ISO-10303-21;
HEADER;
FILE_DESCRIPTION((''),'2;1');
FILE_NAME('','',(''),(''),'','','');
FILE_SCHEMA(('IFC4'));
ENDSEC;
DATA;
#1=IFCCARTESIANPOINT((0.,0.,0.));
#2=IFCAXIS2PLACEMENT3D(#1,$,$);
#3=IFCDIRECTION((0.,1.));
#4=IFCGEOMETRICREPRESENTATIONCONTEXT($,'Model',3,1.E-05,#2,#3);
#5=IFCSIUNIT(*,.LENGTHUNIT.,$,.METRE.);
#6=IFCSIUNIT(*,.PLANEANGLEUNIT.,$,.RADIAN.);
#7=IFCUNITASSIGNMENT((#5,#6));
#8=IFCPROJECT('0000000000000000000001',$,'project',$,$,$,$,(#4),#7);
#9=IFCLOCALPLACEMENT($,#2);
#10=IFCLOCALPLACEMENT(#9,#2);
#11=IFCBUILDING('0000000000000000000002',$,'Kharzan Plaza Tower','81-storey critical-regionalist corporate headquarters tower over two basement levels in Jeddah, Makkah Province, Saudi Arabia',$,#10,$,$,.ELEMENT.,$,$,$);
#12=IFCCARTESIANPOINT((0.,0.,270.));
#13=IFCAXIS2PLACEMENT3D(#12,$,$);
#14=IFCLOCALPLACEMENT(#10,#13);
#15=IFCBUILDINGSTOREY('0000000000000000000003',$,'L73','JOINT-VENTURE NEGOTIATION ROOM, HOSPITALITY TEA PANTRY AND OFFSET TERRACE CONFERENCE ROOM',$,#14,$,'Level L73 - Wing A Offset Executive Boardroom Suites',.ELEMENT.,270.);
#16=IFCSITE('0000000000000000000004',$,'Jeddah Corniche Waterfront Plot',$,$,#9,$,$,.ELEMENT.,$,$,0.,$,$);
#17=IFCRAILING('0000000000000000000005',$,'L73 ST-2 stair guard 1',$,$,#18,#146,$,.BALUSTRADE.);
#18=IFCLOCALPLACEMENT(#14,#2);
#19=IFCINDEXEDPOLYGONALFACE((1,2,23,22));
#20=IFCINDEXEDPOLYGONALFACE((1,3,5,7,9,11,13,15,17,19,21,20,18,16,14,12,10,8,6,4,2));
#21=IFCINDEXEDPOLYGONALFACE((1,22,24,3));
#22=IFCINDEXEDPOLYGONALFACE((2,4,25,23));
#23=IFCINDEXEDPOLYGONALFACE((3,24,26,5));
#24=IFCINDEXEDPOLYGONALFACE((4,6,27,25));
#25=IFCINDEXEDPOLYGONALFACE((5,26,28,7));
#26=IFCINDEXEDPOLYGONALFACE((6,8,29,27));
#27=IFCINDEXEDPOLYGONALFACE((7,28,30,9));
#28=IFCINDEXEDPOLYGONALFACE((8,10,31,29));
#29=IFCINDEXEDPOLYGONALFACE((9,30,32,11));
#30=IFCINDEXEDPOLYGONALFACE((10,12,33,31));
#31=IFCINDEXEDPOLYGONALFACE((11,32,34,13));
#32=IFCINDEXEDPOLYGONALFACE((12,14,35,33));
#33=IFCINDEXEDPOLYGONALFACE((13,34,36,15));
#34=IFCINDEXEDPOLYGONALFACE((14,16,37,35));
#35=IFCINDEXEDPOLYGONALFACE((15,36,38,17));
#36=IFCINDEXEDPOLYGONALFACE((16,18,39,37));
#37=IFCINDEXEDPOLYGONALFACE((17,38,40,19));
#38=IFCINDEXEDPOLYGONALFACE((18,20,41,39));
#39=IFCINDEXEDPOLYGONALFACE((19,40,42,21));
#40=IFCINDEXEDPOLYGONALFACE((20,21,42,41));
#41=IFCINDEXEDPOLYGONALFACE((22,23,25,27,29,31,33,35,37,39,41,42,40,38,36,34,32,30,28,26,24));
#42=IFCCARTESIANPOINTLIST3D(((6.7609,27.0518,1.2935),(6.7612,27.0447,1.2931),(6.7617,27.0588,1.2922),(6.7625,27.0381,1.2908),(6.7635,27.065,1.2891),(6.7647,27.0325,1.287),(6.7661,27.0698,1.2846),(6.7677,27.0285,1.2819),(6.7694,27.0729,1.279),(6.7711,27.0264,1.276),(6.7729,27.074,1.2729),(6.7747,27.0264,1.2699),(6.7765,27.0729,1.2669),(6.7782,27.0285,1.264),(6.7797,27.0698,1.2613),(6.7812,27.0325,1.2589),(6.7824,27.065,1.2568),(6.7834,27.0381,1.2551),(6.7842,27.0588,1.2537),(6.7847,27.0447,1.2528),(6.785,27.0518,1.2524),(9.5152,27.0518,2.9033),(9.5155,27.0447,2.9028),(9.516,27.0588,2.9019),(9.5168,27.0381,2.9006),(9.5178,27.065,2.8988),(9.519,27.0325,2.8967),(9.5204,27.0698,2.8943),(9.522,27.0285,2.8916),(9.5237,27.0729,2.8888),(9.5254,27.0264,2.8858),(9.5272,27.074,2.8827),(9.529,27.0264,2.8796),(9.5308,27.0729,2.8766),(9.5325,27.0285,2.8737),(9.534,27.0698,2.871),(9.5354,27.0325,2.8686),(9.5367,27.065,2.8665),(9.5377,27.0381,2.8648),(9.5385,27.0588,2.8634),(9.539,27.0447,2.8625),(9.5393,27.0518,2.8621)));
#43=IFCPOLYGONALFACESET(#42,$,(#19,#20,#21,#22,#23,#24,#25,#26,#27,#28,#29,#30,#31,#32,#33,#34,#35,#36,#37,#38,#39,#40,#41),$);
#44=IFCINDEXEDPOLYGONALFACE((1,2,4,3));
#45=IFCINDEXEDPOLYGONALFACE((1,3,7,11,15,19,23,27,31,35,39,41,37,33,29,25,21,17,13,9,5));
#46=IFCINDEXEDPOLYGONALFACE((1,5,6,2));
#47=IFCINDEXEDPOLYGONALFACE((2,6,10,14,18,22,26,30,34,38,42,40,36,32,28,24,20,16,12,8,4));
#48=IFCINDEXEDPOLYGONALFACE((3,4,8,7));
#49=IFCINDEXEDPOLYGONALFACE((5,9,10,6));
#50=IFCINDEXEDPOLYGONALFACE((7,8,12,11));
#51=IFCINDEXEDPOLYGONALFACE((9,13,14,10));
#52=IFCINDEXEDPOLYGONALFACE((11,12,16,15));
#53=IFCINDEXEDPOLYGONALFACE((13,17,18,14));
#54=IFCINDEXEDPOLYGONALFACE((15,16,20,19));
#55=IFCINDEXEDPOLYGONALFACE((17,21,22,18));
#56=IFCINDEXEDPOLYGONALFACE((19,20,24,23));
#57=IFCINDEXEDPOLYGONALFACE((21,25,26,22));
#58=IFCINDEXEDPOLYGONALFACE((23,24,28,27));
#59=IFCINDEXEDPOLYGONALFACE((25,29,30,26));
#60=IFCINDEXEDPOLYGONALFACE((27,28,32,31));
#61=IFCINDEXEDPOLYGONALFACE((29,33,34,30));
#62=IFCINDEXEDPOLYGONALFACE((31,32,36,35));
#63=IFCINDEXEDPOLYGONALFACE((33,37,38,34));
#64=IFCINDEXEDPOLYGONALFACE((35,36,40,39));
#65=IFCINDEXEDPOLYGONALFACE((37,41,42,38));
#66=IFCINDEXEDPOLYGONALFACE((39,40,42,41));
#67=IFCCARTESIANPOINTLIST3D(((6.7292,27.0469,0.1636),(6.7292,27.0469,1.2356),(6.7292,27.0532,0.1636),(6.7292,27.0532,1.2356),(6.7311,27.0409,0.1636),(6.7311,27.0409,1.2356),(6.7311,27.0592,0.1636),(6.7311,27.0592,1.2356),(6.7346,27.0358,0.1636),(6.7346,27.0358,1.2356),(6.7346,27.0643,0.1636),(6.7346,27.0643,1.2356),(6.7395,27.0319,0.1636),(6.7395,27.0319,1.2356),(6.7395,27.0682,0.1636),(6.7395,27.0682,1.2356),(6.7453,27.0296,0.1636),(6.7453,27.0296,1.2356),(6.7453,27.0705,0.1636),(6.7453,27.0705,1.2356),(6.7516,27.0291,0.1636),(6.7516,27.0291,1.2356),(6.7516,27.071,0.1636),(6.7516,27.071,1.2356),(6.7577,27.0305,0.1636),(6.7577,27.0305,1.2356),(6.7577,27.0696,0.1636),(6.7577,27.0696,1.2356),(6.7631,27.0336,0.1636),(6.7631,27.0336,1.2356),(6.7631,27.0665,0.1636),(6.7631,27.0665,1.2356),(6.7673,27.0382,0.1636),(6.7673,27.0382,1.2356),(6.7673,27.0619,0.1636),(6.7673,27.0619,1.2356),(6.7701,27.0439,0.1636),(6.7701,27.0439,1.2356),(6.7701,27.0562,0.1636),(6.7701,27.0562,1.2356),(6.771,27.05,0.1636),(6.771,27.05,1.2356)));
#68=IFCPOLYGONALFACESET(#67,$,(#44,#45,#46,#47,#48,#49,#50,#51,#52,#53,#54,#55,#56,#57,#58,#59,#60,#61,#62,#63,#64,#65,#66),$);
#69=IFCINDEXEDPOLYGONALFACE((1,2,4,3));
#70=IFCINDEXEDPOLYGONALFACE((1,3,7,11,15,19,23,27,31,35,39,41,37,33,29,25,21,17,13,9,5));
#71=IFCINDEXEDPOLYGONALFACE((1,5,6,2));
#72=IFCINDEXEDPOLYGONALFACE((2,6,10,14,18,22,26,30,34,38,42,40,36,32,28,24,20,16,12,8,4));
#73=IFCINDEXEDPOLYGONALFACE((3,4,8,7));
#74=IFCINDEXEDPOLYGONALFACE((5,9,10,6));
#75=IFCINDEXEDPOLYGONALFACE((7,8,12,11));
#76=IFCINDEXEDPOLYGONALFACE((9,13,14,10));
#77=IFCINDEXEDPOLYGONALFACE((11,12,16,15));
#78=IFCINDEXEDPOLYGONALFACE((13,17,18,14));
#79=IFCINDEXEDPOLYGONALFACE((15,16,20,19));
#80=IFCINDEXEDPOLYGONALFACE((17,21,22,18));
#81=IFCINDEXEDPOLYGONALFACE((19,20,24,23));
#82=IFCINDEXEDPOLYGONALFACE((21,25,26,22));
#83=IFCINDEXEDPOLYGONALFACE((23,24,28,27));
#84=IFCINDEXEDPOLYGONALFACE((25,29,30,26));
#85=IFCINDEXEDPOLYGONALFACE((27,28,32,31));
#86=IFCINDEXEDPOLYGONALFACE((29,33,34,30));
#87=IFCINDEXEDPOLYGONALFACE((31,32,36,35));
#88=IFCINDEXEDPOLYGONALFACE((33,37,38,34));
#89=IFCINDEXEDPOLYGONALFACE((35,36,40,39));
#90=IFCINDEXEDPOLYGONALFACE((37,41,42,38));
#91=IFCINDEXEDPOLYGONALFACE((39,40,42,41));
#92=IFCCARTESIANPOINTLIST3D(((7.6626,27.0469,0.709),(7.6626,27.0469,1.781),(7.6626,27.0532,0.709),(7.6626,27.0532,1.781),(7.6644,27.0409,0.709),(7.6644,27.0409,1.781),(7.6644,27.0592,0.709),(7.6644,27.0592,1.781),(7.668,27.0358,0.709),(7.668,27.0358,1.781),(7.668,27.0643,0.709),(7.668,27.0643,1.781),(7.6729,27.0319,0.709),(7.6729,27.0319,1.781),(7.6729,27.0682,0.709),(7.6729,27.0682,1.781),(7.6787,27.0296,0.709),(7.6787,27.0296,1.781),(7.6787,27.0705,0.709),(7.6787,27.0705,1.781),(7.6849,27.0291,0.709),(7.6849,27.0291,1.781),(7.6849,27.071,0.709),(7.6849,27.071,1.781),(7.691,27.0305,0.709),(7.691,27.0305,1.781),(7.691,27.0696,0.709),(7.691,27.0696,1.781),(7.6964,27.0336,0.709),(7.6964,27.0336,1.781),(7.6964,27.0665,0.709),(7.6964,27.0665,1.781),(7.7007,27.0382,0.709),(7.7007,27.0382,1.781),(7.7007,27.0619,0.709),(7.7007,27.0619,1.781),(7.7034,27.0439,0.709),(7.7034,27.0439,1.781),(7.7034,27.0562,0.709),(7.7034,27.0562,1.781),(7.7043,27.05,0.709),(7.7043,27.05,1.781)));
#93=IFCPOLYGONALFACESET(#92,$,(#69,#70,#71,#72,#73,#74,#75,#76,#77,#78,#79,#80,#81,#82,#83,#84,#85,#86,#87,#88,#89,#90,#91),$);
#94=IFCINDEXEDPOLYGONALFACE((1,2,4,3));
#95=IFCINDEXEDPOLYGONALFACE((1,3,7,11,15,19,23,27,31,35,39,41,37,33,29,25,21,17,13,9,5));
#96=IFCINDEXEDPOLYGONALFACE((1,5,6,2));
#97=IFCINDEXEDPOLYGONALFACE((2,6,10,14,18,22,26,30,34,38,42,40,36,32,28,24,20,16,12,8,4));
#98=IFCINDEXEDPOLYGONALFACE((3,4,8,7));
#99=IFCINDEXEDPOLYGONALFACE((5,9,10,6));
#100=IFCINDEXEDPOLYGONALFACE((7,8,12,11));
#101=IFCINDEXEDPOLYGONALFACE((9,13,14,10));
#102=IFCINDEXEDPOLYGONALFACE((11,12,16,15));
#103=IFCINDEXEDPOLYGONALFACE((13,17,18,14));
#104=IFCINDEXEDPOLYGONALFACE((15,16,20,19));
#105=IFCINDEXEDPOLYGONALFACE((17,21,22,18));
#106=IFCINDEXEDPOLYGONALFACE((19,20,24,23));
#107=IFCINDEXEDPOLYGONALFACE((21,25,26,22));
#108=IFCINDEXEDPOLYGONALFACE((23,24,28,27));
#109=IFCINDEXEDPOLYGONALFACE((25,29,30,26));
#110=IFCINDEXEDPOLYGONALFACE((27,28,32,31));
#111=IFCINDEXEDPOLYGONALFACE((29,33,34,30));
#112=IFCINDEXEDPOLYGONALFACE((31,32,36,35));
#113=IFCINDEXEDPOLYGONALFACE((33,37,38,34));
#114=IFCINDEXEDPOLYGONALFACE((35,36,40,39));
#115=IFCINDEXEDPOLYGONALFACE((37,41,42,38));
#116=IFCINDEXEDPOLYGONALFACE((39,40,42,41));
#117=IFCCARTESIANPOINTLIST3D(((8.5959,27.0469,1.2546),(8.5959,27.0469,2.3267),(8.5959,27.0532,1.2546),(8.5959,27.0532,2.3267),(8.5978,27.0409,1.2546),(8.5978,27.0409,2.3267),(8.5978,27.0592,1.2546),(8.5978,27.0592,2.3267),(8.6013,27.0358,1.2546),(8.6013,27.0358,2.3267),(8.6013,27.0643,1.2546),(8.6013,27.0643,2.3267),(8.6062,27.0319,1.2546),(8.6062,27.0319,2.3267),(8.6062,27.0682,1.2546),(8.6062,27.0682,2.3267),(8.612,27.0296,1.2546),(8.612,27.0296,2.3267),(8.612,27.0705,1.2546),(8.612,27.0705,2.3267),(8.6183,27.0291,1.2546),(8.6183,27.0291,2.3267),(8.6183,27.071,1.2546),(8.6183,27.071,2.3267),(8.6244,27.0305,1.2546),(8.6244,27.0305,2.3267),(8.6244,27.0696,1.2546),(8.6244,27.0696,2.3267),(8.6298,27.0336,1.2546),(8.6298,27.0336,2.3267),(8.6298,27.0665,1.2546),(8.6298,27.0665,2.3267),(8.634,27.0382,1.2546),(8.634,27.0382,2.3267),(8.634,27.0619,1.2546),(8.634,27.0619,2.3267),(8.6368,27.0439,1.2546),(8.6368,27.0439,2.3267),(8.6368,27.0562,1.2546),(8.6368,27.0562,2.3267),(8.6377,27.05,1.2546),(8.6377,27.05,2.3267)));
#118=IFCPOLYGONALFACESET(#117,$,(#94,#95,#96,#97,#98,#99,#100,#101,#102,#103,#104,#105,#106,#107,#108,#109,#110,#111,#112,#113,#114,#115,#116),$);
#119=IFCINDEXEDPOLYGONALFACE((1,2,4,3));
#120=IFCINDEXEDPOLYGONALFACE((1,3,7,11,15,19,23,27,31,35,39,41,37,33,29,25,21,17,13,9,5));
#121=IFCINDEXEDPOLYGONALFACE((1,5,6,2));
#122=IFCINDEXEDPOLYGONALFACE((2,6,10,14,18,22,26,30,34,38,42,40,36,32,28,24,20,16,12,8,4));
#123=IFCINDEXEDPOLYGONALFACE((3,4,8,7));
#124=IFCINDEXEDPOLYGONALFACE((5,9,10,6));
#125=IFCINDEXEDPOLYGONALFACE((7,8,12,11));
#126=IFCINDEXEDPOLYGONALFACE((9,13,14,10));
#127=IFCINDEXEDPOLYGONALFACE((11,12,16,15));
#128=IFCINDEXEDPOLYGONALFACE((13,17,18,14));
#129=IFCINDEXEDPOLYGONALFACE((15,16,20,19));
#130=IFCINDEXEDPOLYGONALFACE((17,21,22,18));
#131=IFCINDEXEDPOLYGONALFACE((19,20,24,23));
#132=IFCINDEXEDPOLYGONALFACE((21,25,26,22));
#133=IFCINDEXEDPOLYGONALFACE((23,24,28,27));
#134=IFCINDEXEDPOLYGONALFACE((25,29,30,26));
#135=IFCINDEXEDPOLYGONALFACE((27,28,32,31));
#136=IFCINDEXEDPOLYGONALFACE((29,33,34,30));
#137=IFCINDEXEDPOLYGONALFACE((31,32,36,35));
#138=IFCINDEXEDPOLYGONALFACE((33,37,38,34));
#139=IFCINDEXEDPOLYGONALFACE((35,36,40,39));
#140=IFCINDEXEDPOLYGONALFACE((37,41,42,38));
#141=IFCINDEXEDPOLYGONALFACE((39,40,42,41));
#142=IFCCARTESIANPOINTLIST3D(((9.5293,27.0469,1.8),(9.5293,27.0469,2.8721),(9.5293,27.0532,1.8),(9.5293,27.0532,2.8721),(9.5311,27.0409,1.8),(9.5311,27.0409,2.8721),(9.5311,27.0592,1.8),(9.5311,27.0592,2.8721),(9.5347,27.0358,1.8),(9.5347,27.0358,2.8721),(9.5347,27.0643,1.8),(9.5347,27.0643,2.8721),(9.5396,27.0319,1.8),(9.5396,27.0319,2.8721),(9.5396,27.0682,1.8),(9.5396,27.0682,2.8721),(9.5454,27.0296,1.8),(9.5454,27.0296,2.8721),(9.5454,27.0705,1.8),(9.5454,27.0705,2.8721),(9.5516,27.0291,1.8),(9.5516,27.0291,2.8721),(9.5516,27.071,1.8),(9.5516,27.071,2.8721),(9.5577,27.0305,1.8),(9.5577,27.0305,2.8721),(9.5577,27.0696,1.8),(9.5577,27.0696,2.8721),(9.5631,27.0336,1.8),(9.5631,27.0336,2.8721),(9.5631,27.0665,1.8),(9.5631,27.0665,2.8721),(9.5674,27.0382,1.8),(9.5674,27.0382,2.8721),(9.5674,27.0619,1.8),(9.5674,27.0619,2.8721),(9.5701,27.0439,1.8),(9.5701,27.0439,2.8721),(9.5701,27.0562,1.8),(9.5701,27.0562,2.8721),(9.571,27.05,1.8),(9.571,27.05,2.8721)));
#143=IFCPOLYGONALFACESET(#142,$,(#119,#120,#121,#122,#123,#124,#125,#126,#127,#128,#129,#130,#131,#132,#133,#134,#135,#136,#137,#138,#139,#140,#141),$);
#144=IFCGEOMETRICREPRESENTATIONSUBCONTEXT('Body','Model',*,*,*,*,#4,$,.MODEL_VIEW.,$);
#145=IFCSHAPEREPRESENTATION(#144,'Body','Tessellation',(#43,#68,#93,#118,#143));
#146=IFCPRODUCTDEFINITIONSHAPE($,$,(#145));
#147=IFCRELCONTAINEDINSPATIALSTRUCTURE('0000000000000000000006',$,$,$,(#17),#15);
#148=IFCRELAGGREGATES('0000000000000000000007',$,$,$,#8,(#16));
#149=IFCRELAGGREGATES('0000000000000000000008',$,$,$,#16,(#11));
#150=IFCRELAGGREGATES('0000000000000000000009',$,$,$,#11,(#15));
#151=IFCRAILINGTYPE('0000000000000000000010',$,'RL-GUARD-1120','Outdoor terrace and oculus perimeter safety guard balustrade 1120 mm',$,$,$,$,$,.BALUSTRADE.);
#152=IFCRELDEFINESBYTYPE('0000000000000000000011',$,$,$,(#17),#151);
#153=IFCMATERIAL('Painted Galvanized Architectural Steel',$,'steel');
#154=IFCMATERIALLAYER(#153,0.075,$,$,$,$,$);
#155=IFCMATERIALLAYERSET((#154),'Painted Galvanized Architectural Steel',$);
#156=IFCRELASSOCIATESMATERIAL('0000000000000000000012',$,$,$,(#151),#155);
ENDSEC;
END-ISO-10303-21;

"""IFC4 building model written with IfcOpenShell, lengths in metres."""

from ifc_helpers import new_model, si_unit, direction, frame, origin, origin_2d, place, context, subcontext, project, spatial, circle, extrude, source, transform, mapped, material, layer, layer_set, type_object, element, save


model = new_model("IFC4")

# Units and contexts
model_context = context("Model", 3, precision=1e-05, world=origin(), true_north=direction((0.0, 1.0)))
body_context = subcontext(model_context, "Body", "Model", "MODEL_VIEW")
ifc_project = project(units=[si_unit("LENGTHUNIT", "METRE"), si_unit("PLANEANGLEUNIT", "RADIAN")], contexts=[model_context])

# Site, building, storey
site_placement = place(None, origin())
site = spatial("IfcSite", under=ifc_project, at=site_placement, Name="Jeddah Corniche Waterfront Plot", CompositionType="ELEMENT", RefElevation=0.0)
building_placement = place(site_placement, origin())
building = spatial("IfcBuilding", under=site, at=building_placement, Name="Kharzan Plaza Tower", Description="81-storey critical-regionalist corporate headquarters tower over two basement levels in Jeddah, Makkah Province, Saudi Arabia", CompositionType="ELEMENT")
storey_placement = place(building_placement, frame((0.0, 0.0, 270.0)))
storey = spatial("IfcBuildingStorey", under=building, at=storey_placement, Name="L73", Description="JOINT-VENTURE NEGOTIATION ROOM, HOSPITALITY TEA PANTRY AND OFFSET TERRACE CONFERENCE ROOM", LongName="Level L73 - Wing A Offset Executive Boardroom Suites", CompositionType="ELEMENT", Elevation=270.0)

# Railing
ifc_material_1 = material(Name="Painted Galvanized Architectural Steel", Category="steel")
ifc_layer_1 = layer(ifc_material_1, 0.075)
ifc_layer_set_1 = layer_set([ifc_layer_1], Name="Painted Galvanized Architectural Steel")
railing_type_1 = type_object("IfcRailingType", Name="RL-GUARD-1120", Description="Outdoor terrace and oculus perimeter safety guard balustrade 1120 mm", PredefinedType="BALUSTRADE", material=ifc_layer_set_1)
shared_shape_1 = source(origin(), body_context, "Body", "SweptSolid", [
    extrude(circle(Radius=0.0239, at=origin_2d()), frame((0.0229, 0.0, 1.1094), z_axis=(0.863361, 0.0, 0.504587), x_axis=(0.0, 1.0, 0.0)), (0.0, 0.0, 1.0), 3.1902),
    extrude(circle(Radius=0.021, at=origin_2d()), origin(), (0.0, 0.0, 1.0), 1.072),
    extrude(circle(Radius=0.021, at=origin_2d()), frame((0.9333, 0.0, 0.5454)), (0.0, 0.0, 1.0), 1.072),
    extrude(circle(Radius=0.021, at=origin_2d()), frame((1.8667, 0.0, 1.0911)), (0.0, 0.0, 1.0), 1.072),
    extrude(circle(Radius=0.021, at=origin_2d()), frame((2.8, 0.0, 1.6365)), (0.0, 0.0, 1.0), 1.072),
])
railing_1_placement = place(storey_placement, frame((6.75, 27.05, 0.1636)))
element("IfcRailing", 1, at=railing_1_placement, inside=storey, type_object=railing_type_1, Name="L73 ST-2 stair guard 1", PredefinedType="BALUSTRADE", context=body_context, shape_type="MappedRepresentation", body=[
    mapped(shared_shape_1, transform((0.0, 0.0, 0.0), x_axis=(1.0, 0.0, 0.0), y_axis=(0.0, 1.0, 0.0), z_axis=(0.0, 0.0, 1.0))),
])

save(model, "model.ifc")
